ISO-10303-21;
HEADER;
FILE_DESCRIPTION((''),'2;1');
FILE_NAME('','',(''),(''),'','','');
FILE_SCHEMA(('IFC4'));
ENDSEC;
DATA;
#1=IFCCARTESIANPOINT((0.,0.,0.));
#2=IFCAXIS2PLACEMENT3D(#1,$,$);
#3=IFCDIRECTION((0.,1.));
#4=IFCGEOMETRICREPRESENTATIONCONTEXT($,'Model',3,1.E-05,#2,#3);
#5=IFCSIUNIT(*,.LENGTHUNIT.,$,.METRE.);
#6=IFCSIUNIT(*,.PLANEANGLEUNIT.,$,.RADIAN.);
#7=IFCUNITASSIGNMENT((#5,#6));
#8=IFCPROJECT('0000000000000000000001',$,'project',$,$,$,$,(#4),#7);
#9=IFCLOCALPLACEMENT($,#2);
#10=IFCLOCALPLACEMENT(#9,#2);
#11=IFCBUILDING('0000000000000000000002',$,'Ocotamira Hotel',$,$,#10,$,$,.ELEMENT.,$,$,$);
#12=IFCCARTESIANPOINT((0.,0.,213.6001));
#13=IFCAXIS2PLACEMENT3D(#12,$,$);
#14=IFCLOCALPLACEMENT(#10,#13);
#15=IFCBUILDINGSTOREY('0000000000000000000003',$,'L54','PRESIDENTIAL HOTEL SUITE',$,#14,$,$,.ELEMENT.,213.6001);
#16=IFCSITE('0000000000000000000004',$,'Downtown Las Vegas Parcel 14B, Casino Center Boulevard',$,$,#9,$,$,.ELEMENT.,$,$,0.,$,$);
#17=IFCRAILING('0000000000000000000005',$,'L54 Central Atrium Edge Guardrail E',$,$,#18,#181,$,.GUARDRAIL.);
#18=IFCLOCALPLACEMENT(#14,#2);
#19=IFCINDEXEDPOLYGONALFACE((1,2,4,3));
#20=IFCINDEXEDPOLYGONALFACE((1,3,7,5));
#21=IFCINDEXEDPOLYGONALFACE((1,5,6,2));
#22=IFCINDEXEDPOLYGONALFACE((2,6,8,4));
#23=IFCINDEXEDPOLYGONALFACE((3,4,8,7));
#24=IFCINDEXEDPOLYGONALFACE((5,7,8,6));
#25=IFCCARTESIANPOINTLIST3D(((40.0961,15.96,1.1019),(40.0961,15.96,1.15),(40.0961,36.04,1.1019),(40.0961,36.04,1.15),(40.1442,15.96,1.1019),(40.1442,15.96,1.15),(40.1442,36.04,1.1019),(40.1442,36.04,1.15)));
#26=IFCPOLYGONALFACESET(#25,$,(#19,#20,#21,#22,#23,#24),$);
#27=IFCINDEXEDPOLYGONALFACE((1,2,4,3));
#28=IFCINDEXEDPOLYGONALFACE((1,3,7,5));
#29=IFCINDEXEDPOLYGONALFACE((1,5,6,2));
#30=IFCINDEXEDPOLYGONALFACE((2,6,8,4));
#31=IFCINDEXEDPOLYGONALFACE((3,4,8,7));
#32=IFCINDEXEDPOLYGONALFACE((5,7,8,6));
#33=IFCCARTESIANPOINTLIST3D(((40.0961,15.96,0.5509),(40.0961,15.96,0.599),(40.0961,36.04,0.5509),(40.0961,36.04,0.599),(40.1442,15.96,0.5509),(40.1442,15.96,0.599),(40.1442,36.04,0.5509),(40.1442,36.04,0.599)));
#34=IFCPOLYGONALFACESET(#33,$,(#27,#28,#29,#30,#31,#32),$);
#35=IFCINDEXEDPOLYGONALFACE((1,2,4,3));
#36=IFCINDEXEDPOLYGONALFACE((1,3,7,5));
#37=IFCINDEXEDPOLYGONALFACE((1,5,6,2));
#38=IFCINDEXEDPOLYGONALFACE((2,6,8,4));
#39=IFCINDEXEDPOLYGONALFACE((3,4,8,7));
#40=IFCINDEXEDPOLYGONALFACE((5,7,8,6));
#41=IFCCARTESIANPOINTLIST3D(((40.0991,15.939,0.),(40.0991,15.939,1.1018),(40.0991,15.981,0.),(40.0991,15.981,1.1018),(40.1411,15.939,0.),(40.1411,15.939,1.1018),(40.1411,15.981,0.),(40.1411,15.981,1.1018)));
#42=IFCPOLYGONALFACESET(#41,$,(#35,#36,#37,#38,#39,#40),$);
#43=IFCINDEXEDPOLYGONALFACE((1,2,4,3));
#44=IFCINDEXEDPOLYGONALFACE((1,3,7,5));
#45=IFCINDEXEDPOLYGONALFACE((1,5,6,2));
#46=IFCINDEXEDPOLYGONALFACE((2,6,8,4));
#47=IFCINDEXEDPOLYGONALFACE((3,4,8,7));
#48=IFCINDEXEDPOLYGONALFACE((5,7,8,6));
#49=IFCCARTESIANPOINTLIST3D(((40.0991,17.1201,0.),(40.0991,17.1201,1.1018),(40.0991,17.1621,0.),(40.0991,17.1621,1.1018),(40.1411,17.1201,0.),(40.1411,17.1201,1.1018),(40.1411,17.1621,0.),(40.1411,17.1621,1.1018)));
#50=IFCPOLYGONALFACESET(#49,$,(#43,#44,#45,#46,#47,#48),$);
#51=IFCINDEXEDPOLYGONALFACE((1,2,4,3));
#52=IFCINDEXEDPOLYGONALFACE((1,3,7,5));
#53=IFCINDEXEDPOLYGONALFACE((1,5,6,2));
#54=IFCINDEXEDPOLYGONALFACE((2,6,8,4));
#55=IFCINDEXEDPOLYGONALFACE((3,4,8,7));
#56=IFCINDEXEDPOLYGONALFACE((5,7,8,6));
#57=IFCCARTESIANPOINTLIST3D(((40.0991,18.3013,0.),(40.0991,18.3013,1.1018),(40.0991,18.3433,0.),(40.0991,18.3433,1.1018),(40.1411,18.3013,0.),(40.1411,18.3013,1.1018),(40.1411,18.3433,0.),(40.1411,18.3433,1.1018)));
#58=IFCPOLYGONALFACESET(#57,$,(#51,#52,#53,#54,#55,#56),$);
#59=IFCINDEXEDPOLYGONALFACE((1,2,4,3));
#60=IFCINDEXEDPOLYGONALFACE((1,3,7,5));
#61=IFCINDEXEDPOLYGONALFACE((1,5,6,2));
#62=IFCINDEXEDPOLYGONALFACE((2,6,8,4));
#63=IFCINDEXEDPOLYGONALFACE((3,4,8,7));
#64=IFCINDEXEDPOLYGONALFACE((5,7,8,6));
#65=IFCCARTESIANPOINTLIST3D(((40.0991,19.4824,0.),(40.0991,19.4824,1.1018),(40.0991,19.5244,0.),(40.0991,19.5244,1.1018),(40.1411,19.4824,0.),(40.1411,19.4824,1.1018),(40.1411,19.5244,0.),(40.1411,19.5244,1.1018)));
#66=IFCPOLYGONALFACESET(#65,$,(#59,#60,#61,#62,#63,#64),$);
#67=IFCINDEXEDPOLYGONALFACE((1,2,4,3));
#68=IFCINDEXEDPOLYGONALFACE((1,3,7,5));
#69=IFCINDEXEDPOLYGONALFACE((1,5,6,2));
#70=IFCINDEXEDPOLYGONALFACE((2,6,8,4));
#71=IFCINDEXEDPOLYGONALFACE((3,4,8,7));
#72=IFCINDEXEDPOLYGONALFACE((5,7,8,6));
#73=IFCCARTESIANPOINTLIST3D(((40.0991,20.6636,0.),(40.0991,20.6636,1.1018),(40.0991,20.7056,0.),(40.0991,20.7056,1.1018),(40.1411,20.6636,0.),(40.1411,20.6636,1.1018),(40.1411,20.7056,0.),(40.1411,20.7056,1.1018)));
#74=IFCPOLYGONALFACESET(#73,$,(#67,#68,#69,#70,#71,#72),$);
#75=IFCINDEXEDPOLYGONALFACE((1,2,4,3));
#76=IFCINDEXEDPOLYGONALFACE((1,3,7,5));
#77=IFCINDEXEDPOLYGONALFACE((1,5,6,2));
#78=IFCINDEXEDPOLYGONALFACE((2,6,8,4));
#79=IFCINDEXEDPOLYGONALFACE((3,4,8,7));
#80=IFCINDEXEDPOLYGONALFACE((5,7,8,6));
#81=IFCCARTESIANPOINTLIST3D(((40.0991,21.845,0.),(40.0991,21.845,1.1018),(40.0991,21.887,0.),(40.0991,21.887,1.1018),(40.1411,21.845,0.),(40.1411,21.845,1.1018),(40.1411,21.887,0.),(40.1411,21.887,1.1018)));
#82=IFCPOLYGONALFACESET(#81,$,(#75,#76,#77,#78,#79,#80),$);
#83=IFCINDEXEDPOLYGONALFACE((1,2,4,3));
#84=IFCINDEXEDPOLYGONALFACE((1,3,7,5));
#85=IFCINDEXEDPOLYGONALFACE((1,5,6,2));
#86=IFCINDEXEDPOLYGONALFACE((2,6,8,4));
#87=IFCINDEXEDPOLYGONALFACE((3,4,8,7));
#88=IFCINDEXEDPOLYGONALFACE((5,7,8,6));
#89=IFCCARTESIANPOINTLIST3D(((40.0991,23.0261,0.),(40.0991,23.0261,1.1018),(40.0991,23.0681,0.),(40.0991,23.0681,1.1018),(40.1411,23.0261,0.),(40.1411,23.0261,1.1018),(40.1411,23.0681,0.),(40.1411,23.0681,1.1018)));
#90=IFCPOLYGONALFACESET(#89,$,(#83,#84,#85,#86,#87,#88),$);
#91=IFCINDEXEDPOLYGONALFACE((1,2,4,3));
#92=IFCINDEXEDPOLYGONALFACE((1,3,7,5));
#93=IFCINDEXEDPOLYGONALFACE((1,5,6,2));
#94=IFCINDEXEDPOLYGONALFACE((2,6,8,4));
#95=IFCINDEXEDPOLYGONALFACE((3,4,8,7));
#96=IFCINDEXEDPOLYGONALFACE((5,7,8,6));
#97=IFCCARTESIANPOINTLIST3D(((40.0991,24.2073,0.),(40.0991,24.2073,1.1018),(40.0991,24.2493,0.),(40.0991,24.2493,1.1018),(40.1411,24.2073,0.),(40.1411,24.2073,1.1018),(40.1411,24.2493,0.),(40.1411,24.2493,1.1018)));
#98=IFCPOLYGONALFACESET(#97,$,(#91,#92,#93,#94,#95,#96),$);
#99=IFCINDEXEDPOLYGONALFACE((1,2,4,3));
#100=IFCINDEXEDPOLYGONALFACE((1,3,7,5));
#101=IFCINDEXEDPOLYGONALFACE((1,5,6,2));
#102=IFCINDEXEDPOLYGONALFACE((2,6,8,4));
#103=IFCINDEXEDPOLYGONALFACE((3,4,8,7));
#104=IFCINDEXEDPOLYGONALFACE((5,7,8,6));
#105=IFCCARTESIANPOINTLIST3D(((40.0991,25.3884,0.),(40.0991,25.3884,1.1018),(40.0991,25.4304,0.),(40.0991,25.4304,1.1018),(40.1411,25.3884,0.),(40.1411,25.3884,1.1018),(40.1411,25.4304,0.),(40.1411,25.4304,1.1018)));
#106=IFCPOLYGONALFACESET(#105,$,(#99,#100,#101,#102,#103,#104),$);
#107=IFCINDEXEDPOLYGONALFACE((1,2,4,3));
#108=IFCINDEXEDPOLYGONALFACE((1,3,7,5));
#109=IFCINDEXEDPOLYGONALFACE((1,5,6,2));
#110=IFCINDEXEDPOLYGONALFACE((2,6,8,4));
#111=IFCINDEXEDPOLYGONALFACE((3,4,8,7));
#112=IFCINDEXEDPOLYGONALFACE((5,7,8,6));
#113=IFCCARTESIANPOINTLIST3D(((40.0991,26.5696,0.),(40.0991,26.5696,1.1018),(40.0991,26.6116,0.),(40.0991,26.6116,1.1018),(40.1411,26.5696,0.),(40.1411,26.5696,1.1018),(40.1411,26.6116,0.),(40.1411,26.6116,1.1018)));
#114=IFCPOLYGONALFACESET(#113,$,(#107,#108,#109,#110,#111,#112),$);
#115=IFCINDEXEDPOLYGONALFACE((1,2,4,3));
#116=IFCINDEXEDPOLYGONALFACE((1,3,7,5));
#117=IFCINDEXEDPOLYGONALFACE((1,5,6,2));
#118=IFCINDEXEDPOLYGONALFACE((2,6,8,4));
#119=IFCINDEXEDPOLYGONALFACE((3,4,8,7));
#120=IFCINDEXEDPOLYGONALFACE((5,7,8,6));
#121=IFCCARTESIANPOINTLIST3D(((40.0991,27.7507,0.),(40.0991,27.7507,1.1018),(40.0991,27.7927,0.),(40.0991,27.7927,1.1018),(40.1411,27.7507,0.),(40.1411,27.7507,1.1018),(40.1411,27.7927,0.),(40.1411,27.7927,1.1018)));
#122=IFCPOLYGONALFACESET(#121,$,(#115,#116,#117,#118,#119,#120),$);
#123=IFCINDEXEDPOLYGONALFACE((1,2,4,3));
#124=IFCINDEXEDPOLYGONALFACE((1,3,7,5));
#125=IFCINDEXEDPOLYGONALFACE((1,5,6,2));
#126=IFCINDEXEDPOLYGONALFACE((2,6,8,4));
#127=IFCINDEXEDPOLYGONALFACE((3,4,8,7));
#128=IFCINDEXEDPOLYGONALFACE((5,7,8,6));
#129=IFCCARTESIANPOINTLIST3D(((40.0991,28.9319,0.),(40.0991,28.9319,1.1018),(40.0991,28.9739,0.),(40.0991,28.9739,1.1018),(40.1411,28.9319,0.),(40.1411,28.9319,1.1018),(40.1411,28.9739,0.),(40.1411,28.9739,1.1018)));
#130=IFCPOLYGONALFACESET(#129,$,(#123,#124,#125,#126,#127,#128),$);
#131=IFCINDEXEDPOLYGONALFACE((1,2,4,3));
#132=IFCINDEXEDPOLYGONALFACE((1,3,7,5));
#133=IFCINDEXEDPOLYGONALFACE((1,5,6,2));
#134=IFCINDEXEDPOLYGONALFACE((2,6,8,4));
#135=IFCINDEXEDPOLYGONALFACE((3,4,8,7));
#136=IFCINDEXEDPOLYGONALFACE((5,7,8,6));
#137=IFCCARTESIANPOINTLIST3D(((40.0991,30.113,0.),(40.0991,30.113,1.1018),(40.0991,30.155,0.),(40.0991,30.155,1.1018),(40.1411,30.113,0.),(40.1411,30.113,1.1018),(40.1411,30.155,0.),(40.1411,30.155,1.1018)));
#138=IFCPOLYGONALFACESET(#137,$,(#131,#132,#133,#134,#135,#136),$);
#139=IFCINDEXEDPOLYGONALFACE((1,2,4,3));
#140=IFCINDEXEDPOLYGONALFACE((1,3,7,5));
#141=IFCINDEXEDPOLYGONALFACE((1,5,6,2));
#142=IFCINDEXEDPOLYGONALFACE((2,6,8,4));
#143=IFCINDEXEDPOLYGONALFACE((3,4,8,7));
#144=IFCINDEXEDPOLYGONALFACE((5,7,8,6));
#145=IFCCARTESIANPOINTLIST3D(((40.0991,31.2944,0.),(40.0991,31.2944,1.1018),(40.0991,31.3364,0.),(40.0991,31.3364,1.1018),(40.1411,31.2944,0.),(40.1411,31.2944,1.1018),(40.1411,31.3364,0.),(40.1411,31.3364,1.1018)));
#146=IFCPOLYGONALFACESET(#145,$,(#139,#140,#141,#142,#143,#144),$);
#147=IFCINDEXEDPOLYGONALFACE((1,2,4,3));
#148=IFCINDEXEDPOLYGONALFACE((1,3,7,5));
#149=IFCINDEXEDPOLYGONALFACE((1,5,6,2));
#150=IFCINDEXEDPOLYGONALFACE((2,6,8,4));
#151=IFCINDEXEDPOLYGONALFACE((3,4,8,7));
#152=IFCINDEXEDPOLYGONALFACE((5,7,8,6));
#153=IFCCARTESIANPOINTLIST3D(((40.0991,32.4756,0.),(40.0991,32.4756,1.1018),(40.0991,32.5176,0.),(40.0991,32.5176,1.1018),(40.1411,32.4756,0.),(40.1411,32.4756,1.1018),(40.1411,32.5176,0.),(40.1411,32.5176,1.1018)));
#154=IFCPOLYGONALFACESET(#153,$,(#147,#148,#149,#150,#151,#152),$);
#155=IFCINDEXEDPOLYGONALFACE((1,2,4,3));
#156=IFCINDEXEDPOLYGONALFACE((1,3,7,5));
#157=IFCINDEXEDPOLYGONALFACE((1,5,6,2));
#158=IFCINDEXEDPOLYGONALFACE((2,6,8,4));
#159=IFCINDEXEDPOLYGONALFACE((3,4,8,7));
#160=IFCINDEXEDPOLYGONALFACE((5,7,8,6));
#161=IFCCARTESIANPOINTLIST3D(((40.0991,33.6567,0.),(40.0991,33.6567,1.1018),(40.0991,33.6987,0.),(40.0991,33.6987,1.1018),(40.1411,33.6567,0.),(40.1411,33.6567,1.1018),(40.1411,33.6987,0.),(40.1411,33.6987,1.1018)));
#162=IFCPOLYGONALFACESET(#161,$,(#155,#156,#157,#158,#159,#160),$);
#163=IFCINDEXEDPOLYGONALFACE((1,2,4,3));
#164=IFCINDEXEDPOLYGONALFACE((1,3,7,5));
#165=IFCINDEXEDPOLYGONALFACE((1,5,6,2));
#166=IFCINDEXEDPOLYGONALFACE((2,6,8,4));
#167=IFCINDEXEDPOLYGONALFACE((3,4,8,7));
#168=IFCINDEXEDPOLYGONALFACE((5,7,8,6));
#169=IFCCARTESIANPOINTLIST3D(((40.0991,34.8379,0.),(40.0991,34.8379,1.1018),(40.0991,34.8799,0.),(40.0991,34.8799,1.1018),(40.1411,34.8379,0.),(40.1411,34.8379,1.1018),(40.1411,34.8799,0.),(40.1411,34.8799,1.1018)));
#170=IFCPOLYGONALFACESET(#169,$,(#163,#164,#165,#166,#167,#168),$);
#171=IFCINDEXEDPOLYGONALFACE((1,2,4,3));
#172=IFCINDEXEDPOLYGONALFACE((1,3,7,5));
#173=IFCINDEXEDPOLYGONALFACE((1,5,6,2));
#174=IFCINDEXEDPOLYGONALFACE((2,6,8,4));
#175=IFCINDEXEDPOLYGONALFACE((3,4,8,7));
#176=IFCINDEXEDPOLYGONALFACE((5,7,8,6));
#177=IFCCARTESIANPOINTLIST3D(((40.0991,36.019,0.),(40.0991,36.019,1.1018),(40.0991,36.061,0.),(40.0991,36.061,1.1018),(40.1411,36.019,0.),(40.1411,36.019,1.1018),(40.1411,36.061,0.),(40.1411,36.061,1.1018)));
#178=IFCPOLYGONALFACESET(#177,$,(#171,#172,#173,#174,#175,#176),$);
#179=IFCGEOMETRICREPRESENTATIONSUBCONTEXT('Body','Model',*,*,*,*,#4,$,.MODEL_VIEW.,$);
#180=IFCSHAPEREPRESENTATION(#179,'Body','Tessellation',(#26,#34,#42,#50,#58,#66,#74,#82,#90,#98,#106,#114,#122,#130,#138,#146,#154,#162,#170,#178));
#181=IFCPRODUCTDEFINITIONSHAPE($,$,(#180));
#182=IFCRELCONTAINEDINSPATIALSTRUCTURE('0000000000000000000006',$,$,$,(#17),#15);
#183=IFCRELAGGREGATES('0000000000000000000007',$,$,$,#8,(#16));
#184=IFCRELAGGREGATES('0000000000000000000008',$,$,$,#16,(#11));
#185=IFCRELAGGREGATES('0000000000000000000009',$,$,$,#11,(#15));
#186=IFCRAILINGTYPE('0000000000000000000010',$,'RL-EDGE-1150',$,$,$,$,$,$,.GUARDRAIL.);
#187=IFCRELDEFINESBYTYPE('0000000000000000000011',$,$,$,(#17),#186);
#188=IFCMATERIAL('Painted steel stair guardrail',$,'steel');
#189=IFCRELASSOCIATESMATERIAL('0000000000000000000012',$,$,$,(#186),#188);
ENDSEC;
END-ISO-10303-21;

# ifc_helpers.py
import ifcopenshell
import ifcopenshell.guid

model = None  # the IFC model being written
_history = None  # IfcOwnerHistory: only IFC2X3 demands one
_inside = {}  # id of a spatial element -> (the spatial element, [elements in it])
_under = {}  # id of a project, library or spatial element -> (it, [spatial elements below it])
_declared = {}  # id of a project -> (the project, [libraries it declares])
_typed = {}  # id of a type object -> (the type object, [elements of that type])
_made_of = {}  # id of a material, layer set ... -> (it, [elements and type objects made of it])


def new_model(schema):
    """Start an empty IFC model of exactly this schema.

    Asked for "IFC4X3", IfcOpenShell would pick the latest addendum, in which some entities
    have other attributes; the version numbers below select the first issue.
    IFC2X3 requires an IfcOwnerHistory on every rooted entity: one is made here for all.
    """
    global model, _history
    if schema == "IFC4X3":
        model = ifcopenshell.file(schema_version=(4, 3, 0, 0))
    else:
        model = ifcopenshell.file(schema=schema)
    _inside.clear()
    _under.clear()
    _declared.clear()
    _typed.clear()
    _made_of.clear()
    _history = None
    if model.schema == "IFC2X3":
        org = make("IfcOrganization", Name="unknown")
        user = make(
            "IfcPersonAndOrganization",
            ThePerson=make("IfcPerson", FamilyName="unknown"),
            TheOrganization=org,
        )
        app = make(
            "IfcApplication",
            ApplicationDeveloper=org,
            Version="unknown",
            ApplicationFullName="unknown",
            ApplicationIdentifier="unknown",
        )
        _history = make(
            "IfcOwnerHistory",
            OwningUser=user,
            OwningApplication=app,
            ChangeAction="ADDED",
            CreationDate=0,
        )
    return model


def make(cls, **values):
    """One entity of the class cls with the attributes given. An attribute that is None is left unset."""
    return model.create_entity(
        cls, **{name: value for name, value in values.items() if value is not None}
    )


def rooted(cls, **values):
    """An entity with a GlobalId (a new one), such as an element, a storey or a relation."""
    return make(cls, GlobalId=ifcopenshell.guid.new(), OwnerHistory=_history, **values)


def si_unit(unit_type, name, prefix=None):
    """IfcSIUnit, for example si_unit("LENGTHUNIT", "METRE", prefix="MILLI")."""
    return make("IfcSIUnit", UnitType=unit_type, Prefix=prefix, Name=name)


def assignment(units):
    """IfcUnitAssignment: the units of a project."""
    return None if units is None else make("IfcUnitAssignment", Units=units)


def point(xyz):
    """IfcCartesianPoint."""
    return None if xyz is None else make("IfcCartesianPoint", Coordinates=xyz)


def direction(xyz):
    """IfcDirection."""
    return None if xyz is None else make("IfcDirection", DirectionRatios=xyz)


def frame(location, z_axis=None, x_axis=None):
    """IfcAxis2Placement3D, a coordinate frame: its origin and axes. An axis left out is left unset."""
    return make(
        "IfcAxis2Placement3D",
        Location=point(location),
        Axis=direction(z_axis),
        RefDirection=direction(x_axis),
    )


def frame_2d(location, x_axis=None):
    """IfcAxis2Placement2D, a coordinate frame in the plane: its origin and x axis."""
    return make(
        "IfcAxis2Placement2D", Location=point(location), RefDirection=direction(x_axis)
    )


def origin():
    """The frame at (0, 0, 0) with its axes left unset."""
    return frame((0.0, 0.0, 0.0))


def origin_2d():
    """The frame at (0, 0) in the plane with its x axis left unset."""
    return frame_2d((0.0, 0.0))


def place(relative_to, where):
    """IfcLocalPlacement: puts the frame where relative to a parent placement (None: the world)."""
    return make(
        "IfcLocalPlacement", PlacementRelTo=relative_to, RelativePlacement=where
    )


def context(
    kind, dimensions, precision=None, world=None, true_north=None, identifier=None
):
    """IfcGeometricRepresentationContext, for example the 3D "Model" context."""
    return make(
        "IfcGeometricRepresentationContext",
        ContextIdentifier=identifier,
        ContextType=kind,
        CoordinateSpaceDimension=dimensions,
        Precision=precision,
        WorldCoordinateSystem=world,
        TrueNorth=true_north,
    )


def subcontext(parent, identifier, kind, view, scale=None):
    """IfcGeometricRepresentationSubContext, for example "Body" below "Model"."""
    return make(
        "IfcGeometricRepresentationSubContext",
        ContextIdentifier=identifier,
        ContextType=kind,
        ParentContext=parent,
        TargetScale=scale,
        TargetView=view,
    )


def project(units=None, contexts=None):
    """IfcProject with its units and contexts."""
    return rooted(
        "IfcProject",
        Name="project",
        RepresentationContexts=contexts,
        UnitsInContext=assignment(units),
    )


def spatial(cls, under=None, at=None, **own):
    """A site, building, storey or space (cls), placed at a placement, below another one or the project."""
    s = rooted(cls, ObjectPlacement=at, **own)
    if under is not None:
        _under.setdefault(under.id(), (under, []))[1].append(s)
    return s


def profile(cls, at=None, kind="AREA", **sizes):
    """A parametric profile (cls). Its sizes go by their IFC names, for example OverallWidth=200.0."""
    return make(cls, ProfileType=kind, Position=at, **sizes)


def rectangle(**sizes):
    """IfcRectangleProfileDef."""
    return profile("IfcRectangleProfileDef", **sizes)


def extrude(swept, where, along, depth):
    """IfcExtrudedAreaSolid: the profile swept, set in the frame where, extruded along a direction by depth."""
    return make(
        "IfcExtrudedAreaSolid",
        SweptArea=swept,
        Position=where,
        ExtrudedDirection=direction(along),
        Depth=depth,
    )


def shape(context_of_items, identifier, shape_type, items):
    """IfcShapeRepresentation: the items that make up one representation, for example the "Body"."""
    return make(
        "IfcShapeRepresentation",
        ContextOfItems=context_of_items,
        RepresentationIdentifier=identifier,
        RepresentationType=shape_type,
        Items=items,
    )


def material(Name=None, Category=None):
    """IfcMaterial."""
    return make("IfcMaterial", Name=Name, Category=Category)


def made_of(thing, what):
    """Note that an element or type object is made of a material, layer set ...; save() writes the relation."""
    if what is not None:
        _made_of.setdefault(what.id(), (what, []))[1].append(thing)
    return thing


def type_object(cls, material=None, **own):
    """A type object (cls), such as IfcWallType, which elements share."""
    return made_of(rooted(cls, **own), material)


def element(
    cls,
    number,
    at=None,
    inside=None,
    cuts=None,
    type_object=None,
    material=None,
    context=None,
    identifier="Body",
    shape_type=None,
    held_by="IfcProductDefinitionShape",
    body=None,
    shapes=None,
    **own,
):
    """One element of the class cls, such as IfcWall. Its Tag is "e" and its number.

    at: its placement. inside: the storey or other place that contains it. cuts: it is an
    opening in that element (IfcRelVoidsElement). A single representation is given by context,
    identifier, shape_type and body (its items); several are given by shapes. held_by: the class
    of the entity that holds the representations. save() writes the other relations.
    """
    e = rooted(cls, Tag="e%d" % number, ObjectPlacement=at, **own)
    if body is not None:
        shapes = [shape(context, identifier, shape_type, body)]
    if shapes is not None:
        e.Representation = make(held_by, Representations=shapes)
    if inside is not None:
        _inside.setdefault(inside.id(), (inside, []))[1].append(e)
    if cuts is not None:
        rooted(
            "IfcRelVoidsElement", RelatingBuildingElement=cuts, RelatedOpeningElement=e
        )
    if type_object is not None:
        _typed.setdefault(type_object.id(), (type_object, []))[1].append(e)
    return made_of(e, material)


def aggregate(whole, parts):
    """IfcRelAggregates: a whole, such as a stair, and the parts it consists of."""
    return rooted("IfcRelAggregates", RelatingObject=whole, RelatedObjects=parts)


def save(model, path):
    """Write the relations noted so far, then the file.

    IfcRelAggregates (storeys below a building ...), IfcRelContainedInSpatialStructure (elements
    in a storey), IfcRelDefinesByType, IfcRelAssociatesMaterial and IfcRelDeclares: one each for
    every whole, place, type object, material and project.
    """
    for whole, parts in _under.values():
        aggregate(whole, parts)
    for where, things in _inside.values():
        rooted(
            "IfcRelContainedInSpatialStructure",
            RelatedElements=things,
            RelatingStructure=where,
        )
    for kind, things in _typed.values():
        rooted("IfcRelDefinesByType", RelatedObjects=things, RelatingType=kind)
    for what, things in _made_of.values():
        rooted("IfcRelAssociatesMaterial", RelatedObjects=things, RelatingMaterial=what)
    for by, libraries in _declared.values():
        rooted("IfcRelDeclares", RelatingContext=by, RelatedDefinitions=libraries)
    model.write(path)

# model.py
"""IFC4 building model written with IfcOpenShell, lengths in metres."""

from ifc_helpers import new_model, si_unit, direction, frame, origin, origin_2d, place, context, subcontext, project, spatial, rectangle, extrude, material, type_object, element, save


model = new_model("IFC4")

# Units and contexts
model_context = context("Model", 3, precision=1e-05, world=origin(), true_north=direction((0.0, 1.0)))
body_context = subcontext(model_context, "Body", "Model", "MODEL_VIEW")
ifc_project = project(units=[si_unit("LENGTHUNIT", "METRE"), si_unit("PLANEANGLEUNIT", "RADIAN")], contexts=[model_context])

# Site, building, storey
site_placement = place(None, origin())
site = spatial("IfcSite", under=ifc_project, at=site_placement, Name="Downtown Las Vegas Parcel 14B, Casino Center Boulevard", CompositionType="ELEMENT", RefElevation=0.0)
building_placement = place(site_placement, origin())
building = spatial("IfcBuilding", under=site, at=building_placement, Name="Ocotamira Hotel", CompositionType="ELEMENT")
storey_placement = place(building_placement, frame((0.0, 0.0, 213.6001)))
storey = spatial("IfcBuildingStorey", under=building, at=storey_placement, Name="L54", Description="PRESIDENTIAL HOTEL SUITE", CompositionType="ELEMENT", Elevation=213.6001)

# Railing
ifc_material_1 = material(Name="Painted steel stair guardrail", Category="steel")
railing_type = type_object("IfcRailingType", Name="RL-EDGE-1150", PredefinedType="GUARDRAIL", material=ifc_material_1)
railing_1_placement = place(storey_placement, frame((40.1201, 15.96, 0.0)))
element("IfcRailing", 1, at=railing_1_placement, inside=storey, type_object=railing_type, Name="L54 Central Atrium Edge Guardrail E", PredefinedType="GUARDRAIL", context=body_context, shape_type="SweptSolid", body=[
    extrude(rectangle(XDim=0.0481, YDim=0.0481, at=origin_2d()), frame((0.0, 0.0, 1.126), z_axis=(0.0, 1.0, 0.0), x_axis=(-1.0, 0.0, 0.0)), (0.0, 0.0, 1.0), 20.0801),
    extrude(rectangle(XDim=0.0481, YDim=0.0481, at=origin_2d()), frame((0.0, 0.0, 0.575), z_axis=(0.0, 1.0, 0.0), x_axis=(-1.0, 0.0, 0.0)), (0.0, 0.0, 1.0), 20.0801),
    extrude(rectangle(XDim=0.042, YDim=0.042, at=origin_2d()), origin(), (0.0, 0.0, 1.0), 1.1018),
    extrude(rectangle(XDim=0.042, YDim=0.042, at=origin_2d()), frame((0.0, 1.1812, 0.0)), (0.0, 0.0, 1.0), 1.1018),
    extrude(rectangle(XDim=0.042, YDim=0.042, at=origin_2d()), frame((0.0, 2.3623, 0.0)), (0.0, 0.0, 1.0), 1.1018),
    extrude(rectangle(XDim=0.042, YDim=0.042, at=origin_2d()), frame((0.0, 3.5435, 0.0)), (0.0, 0.0, 1.0), 1.1018),
    extrude(rectangle(XDim=0.042, YDim=0.042, at=origin_2d()), frame((0.0, 4.7246, 0.0)), (0.0, 0.0, 1.0), 1.1018),
    extrude(rectangle(XDim=0.042, YDim=0.042, at=origin_2d()), frame((0.0, 5.906, 0.0)), (0.0, 0.0, 1.0), 1.1018),
    extrude(rectangle(XDim=0.042, YDim=0.042, at=origin_2d()), frame((0.0, 7.0872, 0.0)), (0.0, 0.0, 1.0), 1.1018),
    extrude(rectangle(XDim=0.042, YDim=0.042, at=origin_2d()), frame((0.0, 8.2683, 0.0)), (0.0, 0.0, 1.0), 1.1018),
    extrude(rectangle(XDim=0.042, YDim=0.042, at=origin_2d()), frame((0.0, 9.4495, 0.0)), (0.0, 0.0, 1.0), 1.1018),
    extrude(rectangle(XDim=0.042, YDim=0.042, at=origin_2d()), frame((0.0, 10.6306, 0.0)), (0.0, 0.0, 1.0), 1.1018),
    extrude(rectangle(XDim=0.042, YDim=0.042, at=origin_2d()), frame((0.0, 11.8118, 0.0)), (0.0, 0.0, 1.0), 1.1018),
    extrude(rectangle(XDim=0.042, YDim=0.042, at=origin_2d()), frame((0.0, 12.9929, 0.0)), (0.0, 0.0, 1.0), 1.1018),
    extrude(rectangle(XDim=0.042, YDim=0.042, at=origin_2d()), frame((0.0, 14.1741, 0.0)), (0.0, 0.0, 1.0), 1.1018),
    extrude(rectangle(XDim=0.042, YDim=0.042, at=origin_2d()), frame((0.0, 15.3555, 0.0)), (0.0, 0.0, 1.0), 1.1018),
    extrude(rectangle(XDim=0.042, YDim=0.042, at=origin_2d()), frame((0.0, 16.5366, 0.0)), (0.0, 0.0, 1.0), 1.1018),
    extrude(rectangle(XDim=0.042, YDim=0.042, at=origin_2d()), frame((0.0, 17.7178, 0.0)), (0.0, 0.0, 1.0), 1.1018),
    extrude(rectangle(XDim=0.042, YDim=0.042, at=origin_2d()), frame((0.0, 18.8989, 0.0)), (0.0, 0.0, 1.0), 1.1018),
    extrude(rectangle(XDim=0.042, YDim=0.042, at=origin_2d()), frame((0.0, 20.0801, 0.0)), (0.0, 0.0, 1.0), 1.1018),
])

save(model, "model.ifc")
